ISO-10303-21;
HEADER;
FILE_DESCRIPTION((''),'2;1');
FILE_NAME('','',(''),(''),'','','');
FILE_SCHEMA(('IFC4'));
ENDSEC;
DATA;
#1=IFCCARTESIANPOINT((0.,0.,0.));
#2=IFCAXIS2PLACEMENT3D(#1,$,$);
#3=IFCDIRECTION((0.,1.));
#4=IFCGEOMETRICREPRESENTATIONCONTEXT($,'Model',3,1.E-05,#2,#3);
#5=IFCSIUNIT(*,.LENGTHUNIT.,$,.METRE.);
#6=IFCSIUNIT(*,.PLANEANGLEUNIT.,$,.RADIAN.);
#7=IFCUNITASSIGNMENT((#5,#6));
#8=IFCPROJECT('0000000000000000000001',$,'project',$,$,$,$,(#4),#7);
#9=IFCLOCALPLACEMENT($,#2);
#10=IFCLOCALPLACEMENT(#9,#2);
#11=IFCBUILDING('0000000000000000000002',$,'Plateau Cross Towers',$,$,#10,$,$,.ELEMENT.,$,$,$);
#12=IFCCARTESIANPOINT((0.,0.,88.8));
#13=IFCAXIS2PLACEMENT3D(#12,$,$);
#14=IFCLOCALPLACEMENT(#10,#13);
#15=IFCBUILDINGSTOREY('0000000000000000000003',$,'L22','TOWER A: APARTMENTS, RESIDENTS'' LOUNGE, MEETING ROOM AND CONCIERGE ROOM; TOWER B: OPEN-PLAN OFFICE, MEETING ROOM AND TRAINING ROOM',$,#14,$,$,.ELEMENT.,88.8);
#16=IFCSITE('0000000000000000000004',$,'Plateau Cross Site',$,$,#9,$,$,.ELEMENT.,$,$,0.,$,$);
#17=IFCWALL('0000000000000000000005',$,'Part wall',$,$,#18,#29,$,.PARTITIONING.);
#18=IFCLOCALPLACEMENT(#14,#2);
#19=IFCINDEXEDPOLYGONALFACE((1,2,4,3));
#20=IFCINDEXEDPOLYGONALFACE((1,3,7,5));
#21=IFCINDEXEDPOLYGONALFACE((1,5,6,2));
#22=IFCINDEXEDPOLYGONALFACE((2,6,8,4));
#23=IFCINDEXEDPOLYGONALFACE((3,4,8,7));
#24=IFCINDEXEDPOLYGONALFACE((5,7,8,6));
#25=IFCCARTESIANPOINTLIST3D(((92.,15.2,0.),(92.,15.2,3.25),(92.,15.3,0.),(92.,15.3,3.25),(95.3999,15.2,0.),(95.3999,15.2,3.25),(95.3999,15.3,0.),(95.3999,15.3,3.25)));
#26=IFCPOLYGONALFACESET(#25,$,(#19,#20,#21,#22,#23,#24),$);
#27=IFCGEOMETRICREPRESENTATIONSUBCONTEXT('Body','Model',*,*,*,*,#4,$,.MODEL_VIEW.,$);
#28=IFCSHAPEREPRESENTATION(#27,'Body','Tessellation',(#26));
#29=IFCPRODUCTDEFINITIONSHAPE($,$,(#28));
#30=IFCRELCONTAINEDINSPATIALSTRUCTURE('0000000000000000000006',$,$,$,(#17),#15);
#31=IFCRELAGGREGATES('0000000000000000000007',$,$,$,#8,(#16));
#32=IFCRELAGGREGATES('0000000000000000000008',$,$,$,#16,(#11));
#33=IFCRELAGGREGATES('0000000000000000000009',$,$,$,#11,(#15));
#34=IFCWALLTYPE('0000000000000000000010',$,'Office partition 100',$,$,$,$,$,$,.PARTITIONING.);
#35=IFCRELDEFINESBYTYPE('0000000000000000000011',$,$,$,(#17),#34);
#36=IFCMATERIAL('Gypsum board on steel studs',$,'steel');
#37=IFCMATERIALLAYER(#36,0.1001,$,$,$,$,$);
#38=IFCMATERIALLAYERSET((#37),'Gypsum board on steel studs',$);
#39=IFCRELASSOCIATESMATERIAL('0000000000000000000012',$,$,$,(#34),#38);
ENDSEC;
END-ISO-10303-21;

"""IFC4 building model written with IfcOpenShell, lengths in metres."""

from ifc_helpers import new_model, si_unit, direction, frame, frame_2d, origin, place, context, subcontext, project, spatial, rectangle, extrude, material, layer, layer_set, type_object, element, save


model = new_model("IFC4")

# Units and contexts
model_context = context("Model", 3, precision=1e-05, world=origin(), true_north=direction((0.0, 1.0)))
body_context = subcontext(model_context, "Body", "Model", "MODEL_VIEW")
ifc_project = project(units=[si_unit("LENGTHUNIT", "METRE"), si_unit("PLANEANGLEUNIT", "RADIAN")], contexts=[model_context])

# Site, building, storey
site_placement = place(None, origin())
site = spatial("IfcSite", under=ifc_project, at=site_placement, Name="Plateau Cross Site", CompositionType="ELEMENT", RefElevation=0.0)
building_placement = place(site_placement, origin())
building = spatial("IfcBuilding", under=site, at=building_placement, Name="Plateau Cross Towers", CompositionType="ELEMENT")
storey_placement = place(building_placement, frame((0.0, 0.0, 88.8)))
storey = spatial("IfcBuildingStorey", under=building, at=storey_placement, Name="L22", Description="TOWER A: APARTMENTS, RESIDENTS' LOUNGE, MEETING ROOM AND CONCIERGE ROOM; TOWER B: OPEN-PLAN OFFICE, MEETING ROOM AND TRAINING ROOM", CompositionType="ELEMENT", Elevation=88.8)

# Wall
ifc_material_1 = material(Name="Gypsum board on steel studs", Category="steel")
ifc_layer_1 = layer(ifc_material_1, 0.1001)
ifc_layer_set_1 = layer_set([ifc_layer_1], Name="Gypsum board on steel studs")
wall_type_1 = type_object("IfcWallType", Name="Office partition 100", PredefinedType="PARTITIONING", material=ifc_layer_set_1)
wall_1_placement = place(storey_placement, frame((92.0, 15.25, 0.0), z_axis=(0.0, 0.0, 1.0), x_axis=(1.0, 0.0, 0.0)))
element("IfcWall", 1, at=wall_1_placement, inside=storey, type_object=wall_type_1, Name="Part wall", PredefinedType="PARTITIONING", context=body_context, shape_type="SweptSolid", body=[
    extrude(rectangle(XDim=3.3999, YDim=0.1001, at=frame_2d((1.7, 0.0))), origin(), (0.0, 0.0, 1.0), 3.25),
])

save(model, "model.ifc")
